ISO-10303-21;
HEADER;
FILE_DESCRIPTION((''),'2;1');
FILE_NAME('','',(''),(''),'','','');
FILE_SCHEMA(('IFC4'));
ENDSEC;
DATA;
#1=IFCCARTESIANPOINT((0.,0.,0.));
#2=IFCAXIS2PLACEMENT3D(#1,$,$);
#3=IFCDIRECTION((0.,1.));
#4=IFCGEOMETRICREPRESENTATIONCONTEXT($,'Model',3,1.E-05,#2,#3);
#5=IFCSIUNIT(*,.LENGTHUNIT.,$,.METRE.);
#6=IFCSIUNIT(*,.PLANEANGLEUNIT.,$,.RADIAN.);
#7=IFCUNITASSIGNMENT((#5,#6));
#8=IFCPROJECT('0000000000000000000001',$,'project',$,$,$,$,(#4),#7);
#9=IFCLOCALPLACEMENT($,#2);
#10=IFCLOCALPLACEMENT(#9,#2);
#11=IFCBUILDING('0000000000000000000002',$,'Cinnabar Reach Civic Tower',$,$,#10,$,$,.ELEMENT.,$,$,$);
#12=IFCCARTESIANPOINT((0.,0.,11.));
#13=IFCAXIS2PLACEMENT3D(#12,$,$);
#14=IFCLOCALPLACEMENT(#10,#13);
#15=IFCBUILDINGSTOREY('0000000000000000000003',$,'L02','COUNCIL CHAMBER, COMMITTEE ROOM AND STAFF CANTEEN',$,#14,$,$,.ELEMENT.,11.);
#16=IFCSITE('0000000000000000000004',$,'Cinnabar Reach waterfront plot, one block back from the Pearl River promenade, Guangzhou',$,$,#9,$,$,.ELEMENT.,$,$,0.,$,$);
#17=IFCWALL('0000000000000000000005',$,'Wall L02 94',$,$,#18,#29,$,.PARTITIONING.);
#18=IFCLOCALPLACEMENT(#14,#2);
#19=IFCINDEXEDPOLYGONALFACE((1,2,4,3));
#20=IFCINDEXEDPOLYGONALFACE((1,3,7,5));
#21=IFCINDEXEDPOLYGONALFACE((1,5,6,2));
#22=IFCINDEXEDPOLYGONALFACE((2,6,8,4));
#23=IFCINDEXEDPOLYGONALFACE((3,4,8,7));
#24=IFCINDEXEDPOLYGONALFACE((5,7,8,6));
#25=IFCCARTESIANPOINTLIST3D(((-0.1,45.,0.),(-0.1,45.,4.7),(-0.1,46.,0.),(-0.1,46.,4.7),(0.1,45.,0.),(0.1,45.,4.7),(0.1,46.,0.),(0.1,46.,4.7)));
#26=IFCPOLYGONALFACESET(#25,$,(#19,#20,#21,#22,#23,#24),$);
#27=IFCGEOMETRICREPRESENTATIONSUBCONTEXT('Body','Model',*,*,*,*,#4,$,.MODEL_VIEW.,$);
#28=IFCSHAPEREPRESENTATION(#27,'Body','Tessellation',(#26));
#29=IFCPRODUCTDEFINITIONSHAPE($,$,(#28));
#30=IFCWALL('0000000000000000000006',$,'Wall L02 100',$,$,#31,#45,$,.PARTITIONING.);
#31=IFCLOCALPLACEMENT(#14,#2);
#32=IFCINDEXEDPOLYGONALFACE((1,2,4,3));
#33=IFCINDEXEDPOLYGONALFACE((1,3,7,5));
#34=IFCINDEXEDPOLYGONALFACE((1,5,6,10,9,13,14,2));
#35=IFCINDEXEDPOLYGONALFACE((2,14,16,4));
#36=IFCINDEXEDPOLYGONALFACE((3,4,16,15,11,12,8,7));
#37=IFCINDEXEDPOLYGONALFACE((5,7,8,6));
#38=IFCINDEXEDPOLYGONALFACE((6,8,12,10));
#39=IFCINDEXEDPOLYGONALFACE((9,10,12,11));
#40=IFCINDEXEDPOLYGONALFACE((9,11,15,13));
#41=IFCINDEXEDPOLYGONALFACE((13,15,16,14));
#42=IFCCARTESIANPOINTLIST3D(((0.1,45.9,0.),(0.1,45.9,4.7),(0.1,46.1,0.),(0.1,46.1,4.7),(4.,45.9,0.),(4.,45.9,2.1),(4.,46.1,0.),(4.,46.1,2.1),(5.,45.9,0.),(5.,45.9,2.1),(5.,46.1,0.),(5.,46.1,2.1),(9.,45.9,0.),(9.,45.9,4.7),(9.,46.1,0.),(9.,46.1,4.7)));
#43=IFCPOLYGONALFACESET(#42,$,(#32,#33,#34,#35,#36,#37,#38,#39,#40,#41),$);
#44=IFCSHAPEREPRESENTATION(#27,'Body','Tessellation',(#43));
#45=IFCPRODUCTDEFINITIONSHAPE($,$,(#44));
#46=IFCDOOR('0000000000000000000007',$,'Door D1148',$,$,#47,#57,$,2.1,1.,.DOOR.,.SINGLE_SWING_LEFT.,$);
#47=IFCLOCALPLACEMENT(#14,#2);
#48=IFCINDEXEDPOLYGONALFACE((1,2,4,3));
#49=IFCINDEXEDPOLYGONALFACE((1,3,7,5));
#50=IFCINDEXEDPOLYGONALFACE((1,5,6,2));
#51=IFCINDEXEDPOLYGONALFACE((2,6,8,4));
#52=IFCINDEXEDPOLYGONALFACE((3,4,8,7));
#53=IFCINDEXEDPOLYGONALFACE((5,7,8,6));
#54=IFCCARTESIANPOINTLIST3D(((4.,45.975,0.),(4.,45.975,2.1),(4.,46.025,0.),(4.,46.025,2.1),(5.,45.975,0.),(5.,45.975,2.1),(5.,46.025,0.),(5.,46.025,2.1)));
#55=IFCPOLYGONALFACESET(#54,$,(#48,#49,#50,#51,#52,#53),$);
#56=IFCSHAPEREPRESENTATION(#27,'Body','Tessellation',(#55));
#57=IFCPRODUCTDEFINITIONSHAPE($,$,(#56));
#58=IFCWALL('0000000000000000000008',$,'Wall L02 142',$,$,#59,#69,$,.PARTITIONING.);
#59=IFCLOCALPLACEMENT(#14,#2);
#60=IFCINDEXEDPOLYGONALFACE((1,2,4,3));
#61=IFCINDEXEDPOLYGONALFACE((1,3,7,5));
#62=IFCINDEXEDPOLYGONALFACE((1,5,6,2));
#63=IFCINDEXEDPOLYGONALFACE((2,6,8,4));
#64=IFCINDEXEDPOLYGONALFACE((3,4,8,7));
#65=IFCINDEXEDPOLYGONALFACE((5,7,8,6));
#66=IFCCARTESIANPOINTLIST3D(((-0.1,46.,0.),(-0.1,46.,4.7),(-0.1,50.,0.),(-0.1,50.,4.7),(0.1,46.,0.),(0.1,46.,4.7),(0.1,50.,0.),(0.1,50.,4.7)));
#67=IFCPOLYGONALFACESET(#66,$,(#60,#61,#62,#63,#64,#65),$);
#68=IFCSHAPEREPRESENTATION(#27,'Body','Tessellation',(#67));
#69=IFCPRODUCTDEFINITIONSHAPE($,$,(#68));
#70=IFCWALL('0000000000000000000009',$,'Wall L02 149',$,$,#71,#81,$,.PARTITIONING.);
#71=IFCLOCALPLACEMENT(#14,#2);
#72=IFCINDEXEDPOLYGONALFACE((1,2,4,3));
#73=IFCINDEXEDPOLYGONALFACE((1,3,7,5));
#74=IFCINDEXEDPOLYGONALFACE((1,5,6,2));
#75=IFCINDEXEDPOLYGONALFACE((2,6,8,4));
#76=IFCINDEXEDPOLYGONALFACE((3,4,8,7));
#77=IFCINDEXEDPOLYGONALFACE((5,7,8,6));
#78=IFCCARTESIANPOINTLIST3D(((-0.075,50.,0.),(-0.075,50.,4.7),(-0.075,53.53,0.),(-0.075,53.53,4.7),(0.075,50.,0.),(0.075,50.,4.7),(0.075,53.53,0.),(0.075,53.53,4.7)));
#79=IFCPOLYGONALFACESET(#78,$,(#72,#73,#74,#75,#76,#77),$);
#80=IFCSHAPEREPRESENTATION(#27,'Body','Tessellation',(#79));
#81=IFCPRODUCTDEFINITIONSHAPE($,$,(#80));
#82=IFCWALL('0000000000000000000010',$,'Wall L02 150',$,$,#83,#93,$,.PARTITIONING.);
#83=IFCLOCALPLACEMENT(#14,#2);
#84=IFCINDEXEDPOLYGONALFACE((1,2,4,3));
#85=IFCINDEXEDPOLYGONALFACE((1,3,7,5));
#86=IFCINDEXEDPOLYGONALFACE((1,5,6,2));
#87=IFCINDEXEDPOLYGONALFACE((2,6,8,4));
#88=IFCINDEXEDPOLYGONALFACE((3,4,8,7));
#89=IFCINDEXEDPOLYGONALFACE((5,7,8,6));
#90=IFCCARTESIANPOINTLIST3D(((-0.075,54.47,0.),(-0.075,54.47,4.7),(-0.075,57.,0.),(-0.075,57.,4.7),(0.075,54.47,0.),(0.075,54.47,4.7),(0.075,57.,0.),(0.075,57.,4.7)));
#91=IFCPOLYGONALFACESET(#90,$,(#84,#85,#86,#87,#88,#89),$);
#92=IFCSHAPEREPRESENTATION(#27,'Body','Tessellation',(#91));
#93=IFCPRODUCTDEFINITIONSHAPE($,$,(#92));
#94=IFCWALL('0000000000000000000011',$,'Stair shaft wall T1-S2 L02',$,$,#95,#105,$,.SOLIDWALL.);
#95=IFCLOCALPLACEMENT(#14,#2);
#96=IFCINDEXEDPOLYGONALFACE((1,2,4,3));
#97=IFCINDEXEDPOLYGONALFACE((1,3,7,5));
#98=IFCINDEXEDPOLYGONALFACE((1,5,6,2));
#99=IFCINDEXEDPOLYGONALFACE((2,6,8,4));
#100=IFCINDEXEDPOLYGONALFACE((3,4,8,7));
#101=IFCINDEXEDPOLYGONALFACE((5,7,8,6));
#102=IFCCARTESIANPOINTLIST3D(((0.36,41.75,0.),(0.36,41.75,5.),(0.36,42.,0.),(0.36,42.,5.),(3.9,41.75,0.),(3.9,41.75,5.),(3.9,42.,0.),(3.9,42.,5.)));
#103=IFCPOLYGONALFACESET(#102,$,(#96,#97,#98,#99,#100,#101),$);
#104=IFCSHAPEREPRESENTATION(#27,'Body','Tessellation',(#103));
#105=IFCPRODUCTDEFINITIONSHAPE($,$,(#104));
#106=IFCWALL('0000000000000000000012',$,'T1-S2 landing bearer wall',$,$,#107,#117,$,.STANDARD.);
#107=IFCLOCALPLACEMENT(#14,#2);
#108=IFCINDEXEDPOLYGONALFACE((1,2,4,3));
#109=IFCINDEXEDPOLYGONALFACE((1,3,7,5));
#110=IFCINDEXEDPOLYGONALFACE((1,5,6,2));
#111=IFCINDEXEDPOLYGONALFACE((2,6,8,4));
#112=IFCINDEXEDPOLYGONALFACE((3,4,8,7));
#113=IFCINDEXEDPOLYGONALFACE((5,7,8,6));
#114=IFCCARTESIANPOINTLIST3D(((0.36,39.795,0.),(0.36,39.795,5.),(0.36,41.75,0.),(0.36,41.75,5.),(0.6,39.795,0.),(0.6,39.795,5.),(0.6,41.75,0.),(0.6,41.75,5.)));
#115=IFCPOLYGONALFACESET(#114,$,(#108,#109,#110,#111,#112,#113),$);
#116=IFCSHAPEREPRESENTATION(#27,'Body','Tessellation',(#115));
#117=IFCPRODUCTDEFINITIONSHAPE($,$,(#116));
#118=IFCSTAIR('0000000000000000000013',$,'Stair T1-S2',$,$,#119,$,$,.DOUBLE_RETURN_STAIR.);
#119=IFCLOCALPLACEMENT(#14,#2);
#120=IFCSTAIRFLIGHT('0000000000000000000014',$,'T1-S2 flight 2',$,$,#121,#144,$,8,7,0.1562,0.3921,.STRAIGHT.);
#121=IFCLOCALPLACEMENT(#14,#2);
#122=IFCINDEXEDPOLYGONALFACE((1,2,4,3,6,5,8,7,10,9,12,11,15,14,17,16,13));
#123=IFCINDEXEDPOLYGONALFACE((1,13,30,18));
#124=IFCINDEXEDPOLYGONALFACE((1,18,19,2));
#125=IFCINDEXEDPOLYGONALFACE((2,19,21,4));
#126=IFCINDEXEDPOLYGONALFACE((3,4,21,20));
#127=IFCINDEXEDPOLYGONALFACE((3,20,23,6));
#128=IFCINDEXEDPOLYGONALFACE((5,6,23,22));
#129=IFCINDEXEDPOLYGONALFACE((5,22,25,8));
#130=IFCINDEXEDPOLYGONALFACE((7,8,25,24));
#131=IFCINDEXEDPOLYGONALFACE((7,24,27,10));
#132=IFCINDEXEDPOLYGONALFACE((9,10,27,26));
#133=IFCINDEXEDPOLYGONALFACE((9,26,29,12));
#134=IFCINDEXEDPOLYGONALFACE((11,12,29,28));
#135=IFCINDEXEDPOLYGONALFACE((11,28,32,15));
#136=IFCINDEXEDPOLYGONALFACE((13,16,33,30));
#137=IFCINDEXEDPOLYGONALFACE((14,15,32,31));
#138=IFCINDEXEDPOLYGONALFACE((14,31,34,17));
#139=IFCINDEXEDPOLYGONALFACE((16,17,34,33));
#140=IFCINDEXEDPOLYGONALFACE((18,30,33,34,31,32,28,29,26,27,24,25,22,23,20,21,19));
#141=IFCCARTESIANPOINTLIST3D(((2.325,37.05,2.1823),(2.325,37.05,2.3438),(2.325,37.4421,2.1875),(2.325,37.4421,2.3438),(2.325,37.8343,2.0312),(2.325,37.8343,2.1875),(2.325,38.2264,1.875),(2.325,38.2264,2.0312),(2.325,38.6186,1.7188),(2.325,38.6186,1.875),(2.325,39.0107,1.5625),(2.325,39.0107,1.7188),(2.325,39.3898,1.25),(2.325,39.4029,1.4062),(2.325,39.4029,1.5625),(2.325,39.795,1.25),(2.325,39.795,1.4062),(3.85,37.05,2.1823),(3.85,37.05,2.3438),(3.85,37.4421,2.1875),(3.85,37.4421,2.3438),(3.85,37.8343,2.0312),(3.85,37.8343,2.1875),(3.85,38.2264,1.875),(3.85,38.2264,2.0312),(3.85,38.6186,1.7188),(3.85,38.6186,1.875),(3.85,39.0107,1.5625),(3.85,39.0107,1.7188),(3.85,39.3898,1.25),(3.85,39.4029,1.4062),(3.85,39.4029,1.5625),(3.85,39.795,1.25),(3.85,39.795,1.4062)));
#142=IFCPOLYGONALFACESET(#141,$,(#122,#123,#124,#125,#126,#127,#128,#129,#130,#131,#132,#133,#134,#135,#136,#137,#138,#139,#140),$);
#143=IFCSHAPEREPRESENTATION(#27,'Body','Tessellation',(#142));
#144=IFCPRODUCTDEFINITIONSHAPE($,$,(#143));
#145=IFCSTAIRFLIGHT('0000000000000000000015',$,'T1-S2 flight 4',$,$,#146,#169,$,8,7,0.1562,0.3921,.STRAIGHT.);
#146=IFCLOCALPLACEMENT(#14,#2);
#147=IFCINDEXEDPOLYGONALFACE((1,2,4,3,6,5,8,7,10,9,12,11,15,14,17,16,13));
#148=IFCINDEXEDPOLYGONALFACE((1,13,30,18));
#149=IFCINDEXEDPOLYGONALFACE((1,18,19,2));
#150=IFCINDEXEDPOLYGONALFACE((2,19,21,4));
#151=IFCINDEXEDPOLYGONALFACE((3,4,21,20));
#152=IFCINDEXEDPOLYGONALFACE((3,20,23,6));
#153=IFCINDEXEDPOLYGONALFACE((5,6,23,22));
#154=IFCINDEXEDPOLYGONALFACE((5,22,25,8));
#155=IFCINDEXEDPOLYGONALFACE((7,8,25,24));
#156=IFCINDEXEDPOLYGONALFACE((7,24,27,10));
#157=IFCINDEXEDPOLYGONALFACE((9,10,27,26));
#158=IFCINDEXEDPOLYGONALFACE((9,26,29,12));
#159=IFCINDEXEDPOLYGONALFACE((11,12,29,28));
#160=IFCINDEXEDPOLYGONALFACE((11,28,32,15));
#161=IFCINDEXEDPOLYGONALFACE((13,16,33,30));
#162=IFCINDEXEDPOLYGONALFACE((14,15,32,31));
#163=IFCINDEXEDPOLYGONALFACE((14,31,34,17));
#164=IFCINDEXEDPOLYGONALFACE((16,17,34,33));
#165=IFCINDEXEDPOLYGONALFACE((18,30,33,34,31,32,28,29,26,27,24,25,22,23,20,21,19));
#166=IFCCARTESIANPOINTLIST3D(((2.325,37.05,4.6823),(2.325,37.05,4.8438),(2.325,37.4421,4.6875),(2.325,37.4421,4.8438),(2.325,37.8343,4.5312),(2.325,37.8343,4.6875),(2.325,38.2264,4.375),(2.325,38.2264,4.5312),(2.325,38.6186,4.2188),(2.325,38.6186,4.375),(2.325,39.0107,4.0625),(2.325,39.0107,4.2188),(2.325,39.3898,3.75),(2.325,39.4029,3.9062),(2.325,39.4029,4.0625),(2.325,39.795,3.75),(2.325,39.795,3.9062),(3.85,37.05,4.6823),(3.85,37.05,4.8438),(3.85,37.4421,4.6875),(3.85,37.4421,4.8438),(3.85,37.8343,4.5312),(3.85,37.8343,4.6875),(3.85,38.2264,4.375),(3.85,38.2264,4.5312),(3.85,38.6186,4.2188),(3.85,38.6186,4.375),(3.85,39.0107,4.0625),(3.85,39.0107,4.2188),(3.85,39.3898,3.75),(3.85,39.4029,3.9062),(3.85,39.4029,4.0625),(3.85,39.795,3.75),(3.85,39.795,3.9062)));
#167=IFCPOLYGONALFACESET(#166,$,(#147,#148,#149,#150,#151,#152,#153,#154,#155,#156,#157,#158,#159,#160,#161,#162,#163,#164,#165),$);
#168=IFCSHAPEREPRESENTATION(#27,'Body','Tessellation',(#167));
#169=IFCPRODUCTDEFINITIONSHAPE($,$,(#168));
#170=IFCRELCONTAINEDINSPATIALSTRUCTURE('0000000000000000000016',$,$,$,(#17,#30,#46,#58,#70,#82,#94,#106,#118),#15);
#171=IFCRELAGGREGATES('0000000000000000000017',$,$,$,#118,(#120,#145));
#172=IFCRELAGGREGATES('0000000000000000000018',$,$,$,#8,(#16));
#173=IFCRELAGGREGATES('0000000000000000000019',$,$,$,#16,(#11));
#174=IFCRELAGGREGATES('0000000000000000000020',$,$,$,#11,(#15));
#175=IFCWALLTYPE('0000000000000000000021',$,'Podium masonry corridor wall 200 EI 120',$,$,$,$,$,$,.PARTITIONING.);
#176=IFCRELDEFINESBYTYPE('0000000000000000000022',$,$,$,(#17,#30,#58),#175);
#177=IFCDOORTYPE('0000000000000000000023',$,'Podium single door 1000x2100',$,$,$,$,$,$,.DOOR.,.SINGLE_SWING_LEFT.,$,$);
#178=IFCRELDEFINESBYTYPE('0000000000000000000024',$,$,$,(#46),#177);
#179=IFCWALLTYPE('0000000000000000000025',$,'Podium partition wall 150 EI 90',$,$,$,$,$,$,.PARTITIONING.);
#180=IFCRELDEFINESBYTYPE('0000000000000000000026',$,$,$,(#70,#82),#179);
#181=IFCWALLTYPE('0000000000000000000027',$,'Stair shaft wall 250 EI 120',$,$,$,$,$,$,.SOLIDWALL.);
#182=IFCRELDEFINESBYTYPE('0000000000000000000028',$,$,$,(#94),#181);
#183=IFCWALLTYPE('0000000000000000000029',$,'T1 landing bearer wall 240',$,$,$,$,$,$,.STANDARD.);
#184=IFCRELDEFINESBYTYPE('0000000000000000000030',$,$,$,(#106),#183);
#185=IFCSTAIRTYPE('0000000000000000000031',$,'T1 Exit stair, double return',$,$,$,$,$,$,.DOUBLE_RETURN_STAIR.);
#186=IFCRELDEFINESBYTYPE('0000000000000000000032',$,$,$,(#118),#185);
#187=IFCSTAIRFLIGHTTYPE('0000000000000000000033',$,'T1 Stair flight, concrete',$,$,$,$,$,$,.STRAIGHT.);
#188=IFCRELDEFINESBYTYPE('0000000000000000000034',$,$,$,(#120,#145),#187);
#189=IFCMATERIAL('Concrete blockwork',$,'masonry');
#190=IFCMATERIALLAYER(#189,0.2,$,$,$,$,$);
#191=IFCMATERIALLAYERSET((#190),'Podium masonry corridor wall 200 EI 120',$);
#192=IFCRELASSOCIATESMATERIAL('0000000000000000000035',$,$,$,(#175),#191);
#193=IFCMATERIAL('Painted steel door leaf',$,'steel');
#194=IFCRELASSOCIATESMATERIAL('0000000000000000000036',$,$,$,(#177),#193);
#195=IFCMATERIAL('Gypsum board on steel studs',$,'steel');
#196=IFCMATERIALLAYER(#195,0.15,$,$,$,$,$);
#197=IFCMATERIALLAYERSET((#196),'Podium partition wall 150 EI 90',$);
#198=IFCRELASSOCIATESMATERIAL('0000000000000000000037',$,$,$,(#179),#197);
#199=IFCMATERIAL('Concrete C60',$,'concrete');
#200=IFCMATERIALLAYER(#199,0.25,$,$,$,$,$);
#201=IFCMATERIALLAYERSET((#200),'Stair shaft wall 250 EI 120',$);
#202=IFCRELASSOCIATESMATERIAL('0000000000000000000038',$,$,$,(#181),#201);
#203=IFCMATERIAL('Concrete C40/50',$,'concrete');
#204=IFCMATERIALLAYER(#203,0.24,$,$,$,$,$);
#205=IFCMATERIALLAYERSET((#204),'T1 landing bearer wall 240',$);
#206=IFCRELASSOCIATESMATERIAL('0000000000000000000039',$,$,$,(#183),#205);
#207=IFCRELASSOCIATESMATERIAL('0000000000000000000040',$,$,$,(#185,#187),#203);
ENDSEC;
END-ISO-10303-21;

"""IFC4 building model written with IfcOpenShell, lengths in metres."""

from ifc_helpers import new_model, si_unit, direction, frame, frame_2d, origin, place, context, subcontext, project, spatial, polyline, rectangle, outline, extrude, material, layer, layer_set, type_object, element, fill, aggregate, save


model = new_model("IFC4")

# Units and contexts
model_context = context("Model", 3, precision=1e-05, world=origin(), true_north=direction((0.0, 1.0)))
body_context = subcontext(model_context, "Body", "Model", "MODEL_VIEW")
ifc_project = project(units=[si_unit("LENGTHUNIT", "METRE"), si_unit("PLANEANGLEUNIT", "RADIAN")], contexts=[model_context])

# Site, building, storey
site_placement = place(None, origin())
site = spatial("IfcSite", under=ifc_project, at=site_placement, Name="Cinnabar Reach waterfront plot, one block back from the Pearl River promenade, Guangzhou", CompositionType="ELEMENT", RefElevation=0.0)
building_placement = place(site_placement, origin())
building = spatial("IfcBuilding", under=site, at=building_placement, Name="Cinnabar Reach Civic Tower", CompositionType="ELEMENT")
storey_placement = place(building_placement, frame((0.0, 0.0, 11.0)))
storey = spatial("IfcBuildingStorey", under=building, at=storey_placement, Name="L02", Description="COUNCIL CHAMBER, COMMITTEE ROOM AND STAFF CANTEEN", CompositionType="ELEMENT", Elevation=11.0)

# Wall
ifc_material_1 = material(Name="Gypsum board on steel studs", Category="steel")
ifc_material_2 = material(Name="Concrete blockwork", Category="masonry")
ifc_layer_1 = layer(ifc_material_2, 0.2)
ifc_layer_set_1 = layer_set([ifc_layer_1], Name="Podium masonry corridor wall 200 EI 120")
wall_type_1 = type_object("IfcWallType", Name="Podium masonry corridor wall 200 EI 120", PredefinedType="PARTITIONING", material=ifc_layer_set_1)
wall_1_placement = place(storey_placement, frame((0.0, 45.0, 0.0), z_axis=(0.0, 0.0, 1.0), x_axis=(0.0, 1.0, 0.0)))
element("IfcWall", 1, at=wall_1_placement, inside=storey, type_object=wall_type_1, Name="Wall L02 94", PredefinedType="PARTITIONING", context=body_context, shape_type="SweptSolid", body=[
    extrude(rectangle(XDim=1.0, YDim=0.2, at=frame_2d((0.5, 0.0))), origin(), (0.0, 0.0, 1.0), 4.7),
])

# Wall, opening, door
wall_2_placement = place(storey_placement, frame((0.1, 46.0, 0.0), z_axis=(0.0, 0.0, 1.0), x_axis=(1.0, 0.0, 0.0)))
wall_2 = element("IfcWall", 2, at=wall_2_placement, inside=storey, type_object=wall_type_1, Name="Wall L02 100", PredefinedType="PARTITIONING", context=body_context, shape_type="SweptSolid", body=[
    extrude(rectangle(XDim=8.9, YDim=0.2, at=frame_2d((4.45, 0.0))), origin(), (0.0, 0.0, 1.0), 4.7),
])
opening_1_placement = place(wall_2_placement, frame((3.9, 0.0, 0.0)))
opening_1 = element("IfcOpeningElement", 3, at=opening_1_placement, cuts=wall_2, PredefinedType="OPENING", context=body_context, shape_type="SweptSolid", body=[
    extrude(rectangle(XDim=1.0, YDim=2.1, at=frame_2d((0.5, 1.05))), frame((0.0, 0.11, 0.0), z_axis=(0.0, -1.0, 0.0), x_axis=(1.0, 0.0, 0.0)), (0.0, 0.0, 1.0), 0.22),
])
ifc_material_3 = material(Name="Painted steel door leaf", Category="steel")
door_type_1 = type_object("IfcDoorType", Name="Podium single door 1000x2100", OperationType="SINGLE_SWING_LEFT", PredefinedType="DOOR", material=ifc_material_3)
door_1_placement = place(opening_1_placement, frame((1.0, 0.0, 0.0), z_axis=(0.0, 0.0, 1.0), x_axis=(-1.0, 0.0, 0.0)))
door_1 = element("IfcDoor", 4, at=door_1_placement, inside=storey, type_object=door_type_1, Name="Door D1148", OperationType="SINGLE_SWING_LEFT", OverallHeight=2.1, OverallWidth=1.0, PredefinedType="DOOR", context=body_context, shape_type="SweptSolid", body=[
    extrude(rectangle(XDim=1.0, YDim=2.1, at=frame_2d((0.5, 1.05))), frame((0.0, 0.025, 0.0), z_axis=(0.0, -1.0, 0.0), x_axis=(1.0, 0.0, 0.0)), (0.0, 0.0, 1.0), 0.05),
])
fill(opening_1, door_1)

# Walls
wall_3_placement = place(storey_placement, frame((0.0, 46.0, 0.0), z_axis=(0.0, 0.0, 1.0), x_axis=(0.0, 1.0, 0.0)))
element("IfcWall", 5, at=wall_3_placement, inside=storey, type_object=wall_type_1, Name="Wall L02 142", PredefinedType="PARTITIONING", context=body_context, shape_type="SweptSolid", body=[
    extrude(rectangle(XDim=4.0, YDim=0.2, at=frame_2d((2.0, 0.0))), origin(), (0.0, 0.0, 1.0), 4.7),
])
ifc_layer_2 = layer(ifc_material_1, 0.15)
ifc_layer_set_2 = layer_set([ifc_layer_2], Name="Podium partition wall 150 EI 90")
wall_type_2 = type_object("IfcWallType", Name="Podium partition wall 150 EI 90", PredefinedType="PARTITIONING", material=ifc_layer_set_2)
wall_4_placement = place(storey_placement, frame((0.0, 50.0, 0.0), z_axis=(0.0, 0.0, 1.0), x_axis=(0.0, 1.0, 0.0)))
element("IfcWall", 6, at=wall_4_placement, inside=storey, type_object=wall_type_2, Name="Wall L02 149", PredefinedType="PARTITIONING", context=body_context, shape_type="SweptSolid", body=[
    extrude(rectangle(XDim=3.53, YDim=0.15, at=frame_2d((1.765, 0.0))), origin(), (0.0, 0.0, 1.0), 4.7),
])
wall_5_placement = place(storey_placement, frame((0.0, 54.47, 0.0), z_axis=(0.0, 0.0, 1.0), x_axis=(0.0, 1.0, 0.0)))
element("IfcWall", 7, at=wall_5_placement, inside=storey, type_object=wall_type_2, Name="Wall L02 150", PredefinedType="PARTITIONING", context=body_context, shape_type="SweptSolid", body=[
    extrude(rectangle(XDim=2.53, YDim=0.15, at=frame_2d((1.265, 0.0))), origin(), (0.0, 0.0, 1.0), 4.7),
])
ifc_material_4 = material(Name="Concrete C60", Category="concrete")
ifc_layer_3 = layer(ifc_material_4, 0.25)
ifc_layer_set_3 = layer_set([ifc_layer_3], Name="Stair shaft wall 250 EI 120")
wall_type_3 = type_object("IfcWallType", Name="Stair shaft wall 250 EI 120", PredefinedType="SOLIDWALL", material=ifc_layer_set_3)
wall_6_placement = place(storey_placement, frame((3.9, 41.875, 0.0), z_axis=(0.0, 0.0, 1.0), x_axis=(-1.0, 0.0, 0.0)))
element("IfcWall", 8, at=wall_6_placement, inside=storey, type_object=wall_type_3, Name="Stair shaft wall T1-S2 L02", PredefinedType="SOLIDWALL", context=body_context, shape_type="SweptSolid", body=[
    extrude(rectangle(XDim=3.54, YDim=0.25, at=frame_2d((1.77, 0.0))), origin(), (0.0, 0.0, 1.0), 5.0),
])
ifc_material_5 = material(Name="Concrete C40/50", Category="concrete")
ifc_layer_4 = layer(ifc_material_5, 0.24)
ifc_layer_set_4 = layer_set([ifc_layer_4], Name="T1 landing bearer wall 240")
wall_type_4 = type_object("IfcWallType", Name="T1 landing bearer wall 240", PredefinedType="STANDARD", material=ifc_layer_set_4)
wall_7_placement = place(storey_placement, frame((0.48, 39.795, 0.0), z_axis=(0.0, 0.0, 1.0), x_axis=(0.0, 1.0, 0.0)))
element("IfcWall", 9, at=wall_7_placement, inside=storey, type_object=wall_type_4, Name="T1-S2 landing bearer wall", PredefinedType="STANDARD", context=body_context, shape_type="SweptSolid", body=[
    extrude(rectangle(XDim=1.955, YDim=0.24, at=frame_2d((0.9775, 0.0))), origin(), (0.0, 0.0, 1.0), 5.0),
])

# Stair, stair flights
stair_type = type_object("IfcStairType", Name="T1 Exit stair, double return", PredefinedType="DOUBLE_RETURN_STAIR", material=ifc_material_5)
stair_placement = place(storey_placement, origin())
stair = element("IfcStair", 10, at=stair_placement, inside=storey, type_object=stair_type, Name="Stair T1-S2", PredefinedType="DOUBLE_RETURN_STAIR")
stair_flight_type = type_object("IfcStairFlightType", Name="T1 Stair flight, concrete", PredefinedType="STRAIGHT", material=ifc_material_5)
stair_flight_1_placement = place(storey_placement, frame((3.0875, 39.795, 1.25), z_axis=(0.0, 0.0, 1.0), x_axis=(0.0, -1.0, 0.0)))
stair_flight_1 = element("IfcStairFlight", 11, at=stair_flight_1_placement, type_object=stair_flight_type, Name="T1-S2 flight 2", NumberOfRisers=8, NumberOfTreads=7, PredefinedType="STRAIGHT", RiserHeight=0.1562, TreadLength=0.3921, context=body_context, shape_type="SweptSolid", body=[
    extrude(outline(polyline([(0.0, 0.0), (0.0, 0.1562), (0.3921, 0.1562), (0.3921, 0.3125), (0.7843, 0.3125), (0.7843, 0.4688), (1.1764, 0.4688), (1.1764, 0.625), (1.5686, 0.625), (1.5686, 0.7812), (1.9607, 0.7812), (1.9607, 0.9375), (2.3529, 0.9375), (2.3529, 1.0938), (2.745, 1.0938), (2.745, 1.25), (2.745, 0.9323), (0.4052, 0.0), (0.0, 0.0)])), frame((0.0, 0.7625, 0.0), z_axis=(0.0, -1.0, 0.0), x_axis=(1.0, 0.0, 0.0)), (0.0, 0.0, 1.0), 1.525),
])
stair_flight_2_placement = place(storey_placement, frame((3.0875, 39.795, 3.75), z_axis=(0.0, 0.0, 1.0), x_axis=(0.0, -1.0, 0.0)))
stair_flight_2 = element("IfcStairFlight", 12, at=stair_flight_2_placement, type_object=stair_flight_type, Name="T1-S2 flight 4", NumberOfRisers=8, NumberOfTreads=7, PredefinedType="STRAIGHT", RiserHeight=0.1562, TreadLength=0.3921, context=body_context, shape_type="SweptSolid", body=[
    extrude(outline(polyline([(0.0, 0.0), (0.0, 0.1562), (0.3921, 0.1562), (0.3921, 0.3125), (0.7843, 0.3125), (0.7843, 0.4688), (1.1764, 0.4688), (1.1764, 0.625), (1.5686, 0.625), (1.5686, 0.7812), (1.9607, 0.7812), (1.9607, 0.9375), (2.3529, 0.9375), (2.3529, 1.0938), (2.745, 1.0938), (2.745, 1.25), (2.745, 0.9323), (0.4052, 0.0), (0.0, 0.0)])), frame((0.0, 0.7625, 0.0), z_axis=(0.0, -1.0, 0.0), x_axis=(1.0, 0.0, 0.0)), (0.0, 0.0, 1.0), 1.525),
])
aggregate(stair, [stair_flight_1, stair_flight_2])

save(model, "model.ifc")
